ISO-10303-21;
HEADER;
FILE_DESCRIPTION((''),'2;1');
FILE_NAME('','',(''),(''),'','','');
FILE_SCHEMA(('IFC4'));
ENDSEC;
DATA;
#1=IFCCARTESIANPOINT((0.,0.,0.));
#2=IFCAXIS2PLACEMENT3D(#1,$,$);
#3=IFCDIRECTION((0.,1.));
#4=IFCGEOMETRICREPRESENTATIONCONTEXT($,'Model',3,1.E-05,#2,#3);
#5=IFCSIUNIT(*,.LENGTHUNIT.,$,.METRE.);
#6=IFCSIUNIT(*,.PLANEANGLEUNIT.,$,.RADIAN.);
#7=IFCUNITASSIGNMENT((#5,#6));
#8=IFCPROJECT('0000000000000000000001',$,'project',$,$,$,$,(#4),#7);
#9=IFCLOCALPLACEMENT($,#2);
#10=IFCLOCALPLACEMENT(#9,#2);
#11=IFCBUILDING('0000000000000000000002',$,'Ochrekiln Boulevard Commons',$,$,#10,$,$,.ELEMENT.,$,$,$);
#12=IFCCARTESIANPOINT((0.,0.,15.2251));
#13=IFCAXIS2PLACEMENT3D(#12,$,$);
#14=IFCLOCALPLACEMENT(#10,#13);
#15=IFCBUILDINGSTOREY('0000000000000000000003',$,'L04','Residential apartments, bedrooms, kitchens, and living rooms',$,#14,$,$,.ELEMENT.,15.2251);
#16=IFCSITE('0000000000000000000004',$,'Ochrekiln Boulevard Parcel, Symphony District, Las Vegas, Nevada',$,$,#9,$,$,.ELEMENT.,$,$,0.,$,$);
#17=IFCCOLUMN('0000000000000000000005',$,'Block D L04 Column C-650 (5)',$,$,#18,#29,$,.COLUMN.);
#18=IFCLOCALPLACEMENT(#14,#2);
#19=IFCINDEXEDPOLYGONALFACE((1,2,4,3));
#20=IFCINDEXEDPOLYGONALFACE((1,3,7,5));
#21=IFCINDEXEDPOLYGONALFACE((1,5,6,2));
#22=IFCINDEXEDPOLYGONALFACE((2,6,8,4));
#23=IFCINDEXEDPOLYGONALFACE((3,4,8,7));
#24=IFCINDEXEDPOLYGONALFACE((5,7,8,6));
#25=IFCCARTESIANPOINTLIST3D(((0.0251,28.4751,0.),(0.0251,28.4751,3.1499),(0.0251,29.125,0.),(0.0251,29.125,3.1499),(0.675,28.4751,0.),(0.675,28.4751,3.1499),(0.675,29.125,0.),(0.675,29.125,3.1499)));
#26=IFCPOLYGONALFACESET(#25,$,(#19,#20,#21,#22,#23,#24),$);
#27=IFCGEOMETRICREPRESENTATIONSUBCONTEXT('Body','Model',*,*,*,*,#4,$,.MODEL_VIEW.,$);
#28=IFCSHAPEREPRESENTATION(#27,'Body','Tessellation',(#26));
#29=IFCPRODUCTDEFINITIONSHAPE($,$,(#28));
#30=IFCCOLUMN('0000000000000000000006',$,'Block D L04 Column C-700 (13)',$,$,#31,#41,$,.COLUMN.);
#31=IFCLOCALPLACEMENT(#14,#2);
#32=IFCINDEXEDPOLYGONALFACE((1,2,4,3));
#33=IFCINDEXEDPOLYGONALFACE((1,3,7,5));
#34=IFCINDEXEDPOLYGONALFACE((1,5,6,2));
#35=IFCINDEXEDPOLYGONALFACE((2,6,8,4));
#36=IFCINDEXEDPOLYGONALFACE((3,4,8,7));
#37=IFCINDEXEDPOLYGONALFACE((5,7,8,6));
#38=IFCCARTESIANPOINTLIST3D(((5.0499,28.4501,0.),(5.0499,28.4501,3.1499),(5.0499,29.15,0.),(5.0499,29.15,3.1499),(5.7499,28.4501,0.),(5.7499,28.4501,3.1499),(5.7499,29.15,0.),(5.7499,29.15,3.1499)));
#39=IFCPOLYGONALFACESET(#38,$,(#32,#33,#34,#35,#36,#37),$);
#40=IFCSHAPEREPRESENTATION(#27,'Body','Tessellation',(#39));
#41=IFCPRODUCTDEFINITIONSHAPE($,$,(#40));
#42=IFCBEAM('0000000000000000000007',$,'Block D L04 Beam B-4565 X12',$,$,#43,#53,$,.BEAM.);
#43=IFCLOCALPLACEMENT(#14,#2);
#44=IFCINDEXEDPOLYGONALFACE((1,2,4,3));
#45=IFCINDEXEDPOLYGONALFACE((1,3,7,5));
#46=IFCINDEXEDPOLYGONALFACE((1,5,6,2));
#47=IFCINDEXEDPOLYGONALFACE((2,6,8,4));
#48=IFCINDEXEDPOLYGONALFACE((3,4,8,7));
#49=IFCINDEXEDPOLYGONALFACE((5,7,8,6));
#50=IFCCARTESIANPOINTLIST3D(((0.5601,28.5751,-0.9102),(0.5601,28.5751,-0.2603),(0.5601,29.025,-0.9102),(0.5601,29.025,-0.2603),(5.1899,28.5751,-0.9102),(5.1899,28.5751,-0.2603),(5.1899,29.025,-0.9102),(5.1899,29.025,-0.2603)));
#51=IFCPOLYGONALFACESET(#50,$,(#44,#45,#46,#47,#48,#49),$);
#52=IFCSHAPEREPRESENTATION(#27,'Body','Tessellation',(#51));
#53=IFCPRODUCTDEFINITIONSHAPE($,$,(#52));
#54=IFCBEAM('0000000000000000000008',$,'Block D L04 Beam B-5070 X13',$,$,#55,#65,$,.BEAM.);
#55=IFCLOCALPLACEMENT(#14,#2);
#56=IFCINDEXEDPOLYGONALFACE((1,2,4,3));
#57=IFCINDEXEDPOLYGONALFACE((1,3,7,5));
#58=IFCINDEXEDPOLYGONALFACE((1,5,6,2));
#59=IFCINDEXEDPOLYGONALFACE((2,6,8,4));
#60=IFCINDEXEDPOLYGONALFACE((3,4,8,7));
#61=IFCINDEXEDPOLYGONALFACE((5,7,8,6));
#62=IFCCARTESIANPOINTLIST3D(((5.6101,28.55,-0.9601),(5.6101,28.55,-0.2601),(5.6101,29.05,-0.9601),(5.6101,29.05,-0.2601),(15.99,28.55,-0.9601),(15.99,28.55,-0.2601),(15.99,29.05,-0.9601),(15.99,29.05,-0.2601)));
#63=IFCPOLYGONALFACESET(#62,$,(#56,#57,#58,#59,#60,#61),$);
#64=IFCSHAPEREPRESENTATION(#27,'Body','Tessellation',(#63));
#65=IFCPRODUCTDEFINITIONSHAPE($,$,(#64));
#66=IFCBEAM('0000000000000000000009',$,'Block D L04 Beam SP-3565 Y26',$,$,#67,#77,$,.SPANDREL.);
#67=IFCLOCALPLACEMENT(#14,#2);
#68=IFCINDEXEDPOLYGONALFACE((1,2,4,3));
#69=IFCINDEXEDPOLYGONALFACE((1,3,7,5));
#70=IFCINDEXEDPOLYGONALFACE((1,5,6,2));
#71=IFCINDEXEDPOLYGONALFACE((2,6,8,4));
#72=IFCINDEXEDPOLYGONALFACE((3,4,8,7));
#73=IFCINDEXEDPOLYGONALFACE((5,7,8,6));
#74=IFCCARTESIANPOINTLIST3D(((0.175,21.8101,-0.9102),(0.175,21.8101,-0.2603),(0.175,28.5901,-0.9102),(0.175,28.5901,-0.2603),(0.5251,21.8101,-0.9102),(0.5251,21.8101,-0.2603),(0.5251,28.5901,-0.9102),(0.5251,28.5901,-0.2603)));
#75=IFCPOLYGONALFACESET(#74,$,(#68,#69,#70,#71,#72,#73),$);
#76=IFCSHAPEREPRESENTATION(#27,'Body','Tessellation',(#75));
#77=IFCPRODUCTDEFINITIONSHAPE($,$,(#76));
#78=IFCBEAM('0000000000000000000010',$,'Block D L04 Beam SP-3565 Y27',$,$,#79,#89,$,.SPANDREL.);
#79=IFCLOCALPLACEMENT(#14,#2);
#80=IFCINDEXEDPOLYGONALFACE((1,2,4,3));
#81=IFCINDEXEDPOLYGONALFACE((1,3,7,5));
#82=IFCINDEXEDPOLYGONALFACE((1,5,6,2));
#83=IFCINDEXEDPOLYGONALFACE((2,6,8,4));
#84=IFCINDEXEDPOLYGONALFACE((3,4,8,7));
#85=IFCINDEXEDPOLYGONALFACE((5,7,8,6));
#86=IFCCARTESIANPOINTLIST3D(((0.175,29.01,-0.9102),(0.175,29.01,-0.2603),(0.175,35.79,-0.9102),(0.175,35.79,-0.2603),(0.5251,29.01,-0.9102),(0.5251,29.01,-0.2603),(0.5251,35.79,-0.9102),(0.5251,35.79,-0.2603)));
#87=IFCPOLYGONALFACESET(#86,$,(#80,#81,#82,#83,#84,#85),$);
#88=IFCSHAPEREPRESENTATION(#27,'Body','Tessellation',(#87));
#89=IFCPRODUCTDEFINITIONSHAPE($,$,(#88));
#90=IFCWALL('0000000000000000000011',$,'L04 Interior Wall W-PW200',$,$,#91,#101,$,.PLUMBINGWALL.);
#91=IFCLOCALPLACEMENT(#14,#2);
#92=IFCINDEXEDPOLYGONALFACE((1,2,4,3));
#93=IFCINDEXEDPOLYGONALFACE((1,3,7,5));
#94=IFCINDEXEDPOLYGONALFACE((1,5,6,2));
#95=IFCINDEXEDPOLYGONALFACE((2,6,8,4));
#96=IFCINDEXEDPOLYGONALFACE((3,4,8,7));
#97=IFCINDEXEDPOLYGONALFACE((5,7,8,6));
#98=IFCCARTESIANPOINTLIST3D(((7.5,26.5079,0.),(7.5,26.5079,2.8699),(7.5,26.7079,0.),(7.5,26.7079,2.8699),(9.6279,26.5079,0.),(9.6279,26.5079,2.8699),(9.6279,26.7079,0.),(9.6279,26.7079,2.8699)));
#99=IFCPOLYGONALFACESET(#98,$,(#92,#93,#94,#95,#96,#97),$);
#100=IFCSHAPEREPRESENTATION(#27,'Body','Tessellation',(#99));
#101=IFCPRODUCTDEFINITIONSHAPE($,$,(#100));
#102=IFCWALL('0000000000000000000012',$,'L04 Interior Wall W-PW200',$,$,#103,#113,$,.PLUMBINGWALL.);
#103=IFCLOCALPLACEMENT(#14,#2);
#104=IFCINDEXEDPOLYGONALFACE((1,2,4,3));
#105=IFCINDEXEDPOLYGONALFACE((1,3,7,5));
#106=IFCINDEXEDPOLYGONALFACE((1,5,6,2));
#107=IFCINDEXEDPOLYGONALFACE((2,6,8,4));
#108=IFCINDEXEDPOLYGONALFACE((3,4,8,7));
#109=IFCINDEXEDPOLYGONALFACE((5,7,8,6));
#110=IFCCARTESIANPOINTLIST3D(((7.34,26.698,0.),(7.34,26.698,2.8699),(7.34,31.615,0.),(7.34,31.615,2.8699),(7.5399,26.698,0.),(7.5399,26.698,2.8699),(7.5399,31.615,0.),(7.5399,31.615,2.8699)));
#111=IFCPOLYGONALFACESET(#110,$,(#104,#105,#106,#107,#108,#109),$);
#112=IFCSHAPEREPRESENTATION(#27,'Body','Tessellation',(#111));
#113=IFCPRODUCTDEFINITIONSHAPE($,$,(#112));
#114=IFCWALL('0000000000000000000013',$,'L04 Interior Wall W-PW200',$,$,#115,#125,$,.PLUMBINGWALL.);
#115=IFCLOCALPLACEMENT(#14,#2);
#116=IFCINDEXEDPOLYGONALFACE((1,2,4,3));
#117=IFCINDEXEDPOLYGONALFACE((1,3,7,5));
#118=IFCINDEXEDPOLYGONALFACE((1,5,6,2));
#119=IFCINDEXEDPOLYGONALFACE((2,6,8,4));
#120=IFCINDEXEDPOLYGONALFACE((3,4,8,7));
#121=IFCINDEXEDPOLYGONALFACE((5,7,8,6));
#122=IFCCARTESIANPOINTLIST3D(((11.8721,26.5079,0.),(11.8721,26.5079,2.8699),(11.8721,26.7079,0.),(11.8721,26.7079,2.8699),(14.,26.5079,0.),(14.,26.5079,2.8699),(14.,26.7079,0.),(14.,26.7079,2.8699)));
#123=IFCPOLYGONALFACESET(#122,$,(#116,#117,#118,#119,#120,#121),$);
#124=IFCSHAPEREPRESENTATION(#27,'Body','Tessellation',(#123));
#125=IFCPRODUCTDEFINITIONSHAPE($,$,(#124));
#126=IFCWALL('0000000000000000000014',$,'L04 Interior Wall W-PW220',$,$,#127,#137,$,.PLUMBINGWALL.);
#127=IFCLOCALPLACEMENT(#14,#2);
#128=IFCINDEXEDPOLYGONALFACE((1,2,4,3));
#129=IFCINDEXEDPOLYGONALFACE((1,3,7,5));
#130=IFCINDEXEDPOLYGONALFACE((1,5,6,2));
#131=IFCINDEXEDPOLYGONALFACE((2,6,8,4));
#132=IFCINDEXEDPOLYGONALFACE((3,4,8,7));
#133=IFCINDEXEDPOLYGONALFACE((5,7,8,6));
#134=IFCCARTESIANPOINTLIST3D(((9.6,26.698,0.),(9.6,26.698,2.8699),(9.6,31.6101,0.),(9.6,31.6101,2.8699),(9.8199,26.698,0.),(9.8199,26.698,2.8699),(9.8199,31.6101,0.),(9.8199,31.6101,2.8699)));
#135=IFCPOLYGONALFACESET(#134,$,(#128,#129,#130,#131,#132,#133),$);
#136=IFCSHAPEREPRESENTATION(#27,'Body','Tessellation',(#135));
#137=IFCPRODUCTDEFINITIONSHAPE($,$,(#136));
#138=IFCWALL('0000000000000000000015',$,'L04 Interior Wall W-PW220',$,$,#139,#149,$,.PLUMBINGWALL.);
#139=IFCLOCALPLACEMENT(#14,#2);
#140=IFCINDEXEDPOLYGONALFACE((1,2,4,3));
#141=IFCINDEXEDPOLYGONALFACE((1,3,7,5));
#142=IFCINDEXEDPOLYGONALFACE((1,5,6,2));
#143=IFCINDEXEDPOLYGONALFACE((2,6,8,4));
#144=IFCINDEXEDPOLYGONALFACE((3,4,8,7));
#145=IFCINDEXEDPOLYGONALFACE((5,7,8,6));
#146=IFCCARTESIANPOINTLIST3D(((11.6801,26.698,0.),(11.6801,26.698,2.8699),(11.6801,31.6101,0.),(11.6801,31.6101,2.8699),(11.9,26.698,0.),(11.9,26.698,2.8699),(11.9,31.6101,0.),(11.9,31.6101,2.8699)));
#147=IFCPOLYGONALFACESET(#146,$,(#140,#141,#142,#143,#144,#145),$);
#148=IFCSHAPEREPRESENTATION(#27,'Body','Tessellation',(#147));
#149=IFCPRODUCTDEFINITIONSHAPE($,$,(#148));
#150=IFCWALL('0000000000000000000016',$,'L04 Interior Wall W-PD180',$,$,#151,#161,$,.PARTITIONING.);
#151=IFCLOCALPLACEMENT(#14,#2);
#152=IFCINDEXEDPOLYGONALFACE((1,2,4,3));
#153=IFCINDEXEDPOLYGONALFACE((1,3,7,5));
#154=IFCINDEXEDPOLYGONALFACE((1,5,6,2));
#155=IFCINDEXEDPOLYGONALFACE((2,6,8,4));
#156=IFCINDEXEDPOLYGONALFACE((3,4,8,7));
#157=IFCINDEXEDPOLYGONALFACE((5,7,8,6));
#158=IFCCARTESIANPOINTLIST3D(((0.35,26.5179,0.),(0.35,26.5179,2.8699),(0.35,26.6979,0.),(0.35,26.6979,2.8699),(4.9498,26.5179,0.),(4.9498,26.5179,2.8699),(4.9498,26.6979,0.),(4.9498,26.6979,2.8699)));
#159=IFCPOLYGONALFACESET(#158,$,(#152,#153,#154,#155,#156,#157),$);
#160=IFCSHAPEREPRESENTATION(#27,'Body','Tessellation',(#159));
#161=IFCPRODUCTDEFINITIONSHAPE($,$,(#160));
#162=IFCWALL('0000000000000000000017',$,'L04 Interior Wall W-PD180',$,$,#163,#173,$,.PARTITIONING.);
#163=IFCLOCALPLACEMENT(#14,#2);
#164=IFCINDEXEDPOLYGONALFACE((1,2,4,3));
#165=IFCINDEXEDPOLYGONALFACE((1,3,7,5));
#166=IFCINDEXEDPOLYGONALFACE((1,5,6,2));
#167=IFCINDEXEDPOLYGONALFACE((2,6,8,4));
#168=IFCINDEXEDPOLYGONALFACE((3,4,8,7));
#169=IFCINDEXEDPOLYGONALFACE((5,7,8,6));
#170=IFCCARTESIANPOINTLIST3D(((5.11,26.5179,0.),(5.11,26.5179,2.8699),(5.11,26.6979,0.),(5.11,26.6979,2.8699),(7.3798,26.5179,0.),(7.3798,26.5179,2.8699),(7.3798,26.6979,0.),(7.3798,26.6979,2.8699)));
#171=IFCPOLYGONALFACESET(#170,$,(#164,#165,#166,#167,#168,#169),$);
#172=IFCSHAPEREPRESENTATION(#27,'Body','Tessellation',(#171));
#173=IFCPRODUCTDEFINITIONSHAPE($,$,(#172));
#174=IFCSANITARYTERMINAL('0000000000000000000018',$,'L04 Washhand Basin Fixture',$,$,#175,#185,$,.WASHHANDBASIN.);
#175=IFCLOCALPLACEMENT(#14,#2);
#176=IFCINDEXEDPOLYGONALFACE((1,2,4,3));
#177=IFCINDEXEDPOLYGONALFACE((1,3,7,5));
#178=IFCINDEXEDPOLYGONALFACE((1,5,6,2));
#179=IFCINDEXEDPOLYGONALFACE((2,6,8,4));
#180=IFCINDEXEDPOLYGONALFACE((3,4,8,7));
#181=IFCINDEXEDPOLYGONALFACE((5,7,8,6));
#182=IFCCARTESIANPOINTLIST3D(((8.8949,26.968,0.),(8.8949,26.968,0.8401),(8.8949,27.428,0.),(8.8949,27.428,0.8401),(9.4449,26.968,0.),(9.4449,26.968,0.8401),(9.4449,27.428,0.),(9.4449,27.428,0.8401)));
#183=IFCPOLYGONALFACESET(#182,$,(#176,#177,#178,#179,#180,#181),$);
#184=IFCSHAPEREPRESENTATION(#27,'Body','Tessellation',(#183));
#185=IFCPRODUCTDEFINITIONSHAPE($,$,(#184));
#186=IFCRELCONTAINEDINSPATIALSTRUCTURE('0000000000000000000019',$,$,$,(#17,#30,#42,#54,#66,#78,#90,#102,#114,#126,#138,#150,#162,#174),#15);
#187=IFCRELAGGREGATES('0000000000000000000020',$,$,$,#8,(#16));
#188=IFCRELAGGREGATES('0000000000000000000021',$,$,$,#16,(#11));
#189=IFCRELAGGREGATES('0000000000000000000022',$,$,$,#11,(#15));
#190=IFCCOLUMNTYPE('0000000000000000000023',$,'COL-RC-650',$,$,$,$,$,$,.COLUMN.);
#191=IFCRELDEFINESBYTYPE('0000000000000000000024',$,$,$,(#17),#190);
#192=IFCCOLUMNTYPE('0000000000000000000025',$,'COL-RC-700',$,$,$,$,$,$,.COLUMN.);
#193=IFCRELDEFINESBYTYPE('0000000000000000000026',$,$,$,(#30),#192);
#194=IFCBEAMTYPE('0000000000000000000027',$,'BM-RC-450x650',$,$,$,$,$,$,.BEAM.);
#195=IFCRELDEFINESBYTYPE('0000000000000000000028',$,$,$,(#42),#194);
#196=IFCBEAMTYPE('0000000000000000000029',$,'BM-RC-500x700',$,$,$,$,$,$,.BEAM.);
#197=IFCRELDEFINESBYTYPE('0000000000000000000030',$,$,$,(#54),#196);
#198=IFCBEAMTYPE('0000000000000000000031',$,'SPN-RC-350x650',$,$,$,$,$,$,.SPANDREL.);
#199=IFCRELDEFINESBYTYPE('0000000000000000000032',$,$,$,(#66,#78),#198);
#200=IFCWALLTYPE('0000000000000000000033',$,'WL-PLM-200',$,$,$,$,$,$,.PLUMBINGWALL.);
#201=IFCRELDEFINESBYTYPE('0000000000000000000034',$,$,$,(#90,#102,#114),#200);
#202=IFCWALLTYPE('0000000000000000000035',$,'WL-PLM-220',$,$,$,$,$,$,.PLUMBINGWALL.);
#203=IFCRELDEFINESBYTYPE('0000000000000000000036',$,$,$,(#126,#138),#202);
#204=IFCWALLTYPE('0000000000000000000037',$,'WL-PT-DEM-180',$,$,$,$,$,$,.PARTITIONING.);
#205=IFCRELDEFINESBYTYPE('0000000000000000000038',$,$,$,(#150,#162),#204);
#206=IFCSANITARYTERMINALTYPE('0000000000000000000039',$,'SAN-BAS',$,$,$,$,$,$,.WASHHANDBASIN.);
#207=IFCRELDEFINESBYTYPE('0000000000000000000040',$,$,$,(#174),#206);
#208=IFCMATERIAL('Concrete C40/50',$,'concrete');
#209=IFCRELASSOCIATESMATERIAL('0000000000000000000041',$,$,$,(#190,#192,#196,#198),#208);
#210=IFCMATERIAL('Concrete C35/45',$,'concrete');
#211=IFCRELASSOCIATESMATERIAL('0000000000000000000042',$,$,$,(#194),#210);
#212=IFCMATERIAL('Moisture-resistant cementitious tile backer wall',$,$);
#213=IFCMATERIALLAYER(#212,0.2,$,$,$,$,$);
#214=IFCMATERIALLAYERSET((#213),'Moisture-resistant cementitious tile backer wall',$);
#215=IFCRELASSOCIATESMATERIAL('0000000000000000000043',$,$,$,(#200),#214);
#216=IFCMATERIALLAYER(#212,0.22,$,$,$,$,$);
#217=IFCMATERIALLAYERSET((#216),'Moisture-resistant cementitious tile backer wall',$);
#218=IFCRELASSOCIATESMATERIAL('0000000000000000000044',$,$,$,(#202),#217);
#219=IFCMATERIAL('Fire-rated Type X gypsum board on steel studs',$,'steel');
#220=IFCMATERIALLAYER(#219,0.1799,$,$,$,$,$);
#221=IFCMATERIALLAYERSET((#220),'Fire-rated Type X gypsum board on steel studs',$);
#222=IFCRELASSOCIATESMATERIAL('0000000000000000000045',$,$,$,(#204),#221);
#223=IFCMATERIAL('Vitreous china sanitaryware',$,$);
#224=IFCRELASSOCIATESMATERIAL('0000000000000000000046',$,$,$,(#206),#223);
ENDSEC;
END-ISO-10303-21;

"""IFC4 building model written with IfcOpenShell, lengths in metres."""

from ifc_helpers import new_model, si_unit, direction, frame, frame_2d, origin, origin_2d, place, context, subcontext, project, spatial, rectangle, extrude, material, layer, layer_set, material_profile, profile_set, type_object, element, save


model = new_model("IFC4")

# Units and contexts
model_context = context("Model", 3, precision=1e-05, world=origin(), true_north=direction((0.0, 1.0)))
body_context = subcontext(model_context, "Body", "Model", "MODEL_VIEW")
ifc_project = project(units=[si_unit("LENGTHUNIT", "METRE"), si_unit("PLANEANGLEUNIT", "RADIAN")], contexts=[model_context])

# Site, building, storey
site_placement = place(None, origin())
site = spatial("IfcSite", under=ifc_project, at=site_placement, Name="Ochrekiln Boulevard Parcel, Symphony District, Las Vegas, Nevada", CompositionType="ELEMENT", RefElevation=0.0)
building_placement = place(site_placement, origin())
building = spatial("IfcBuilding", under=site, at=building_placement, Name="Ochrekiln Boulevard Commons", CompositionType="ELEMENT")
storey_placement = place(building_placement, frame((0.0, 0.0, 15.2251)))
storey = spatial("IfcBuildingStorey", under=building, at=storey_placement, Name="L04", Description="Residential apartments, bedrooms, kitchens, and living rooms", CompositionType="ELEMENT", Elevation=15.2251)

# Columns
ifc_material_1 = material(Name="Concrete C40/50", Category="concrete")
ifc_material_profile_1 = material_profile(ifc_material_1, rectangle(XDim=0.6499, YDim=0.6499, at=origin_2d()), Name="RC-COL-650x650")
ifc_profile_set_1 = profile_set([ifc_material_profile_1], Name="Concrete C40/50")
column_type_1 = type_object("IfcColumnType", Name="COL-RC-650", PredefinedType="COLUMN", material=ifc_profile_set_1)
column_1_placement = place(storey_placement, frame((0.3501, 28.8, 0.0), z_axis=(0.0, 0.0, 1.0), x_axis=(1.0, 0.0, 0.0)))
element("IfcColumn", 1, at=column_1_placement, inside=storey, type_object=column_type_1, Name="Block D L04 Column C-650 (5)", PredefinedType="COLUMN", context=body_context, shape_type="SweptSolid", body=[
    extrude(rectangle(XDim=0.6499, YDim=0.6499, at=origin_2d()), origin(), (0.0, 0.0, 1.0), 3.1499),
])
ifc_material_profile_2 = material_profile(ifc_material_1, rectangle(XDim=0.7, YDim=0.7, at=origin_2d()), Name="RC-COL-700x700")
ifc_profile_set_2 = profile_set([ifc_material_profile_2], Name="Concrete C40/50")
column_type_2 = type_object("IfcColumnType", Name="COL-RC-700", PredefinedType="COLUMN", material=ifc_profile_set_2)
column_2_placement = place(storey_placement, frame((5.3999, 28.8, 0.0), z_axis=(0.0, 0.0, 1.0), x_axis=(1.0, 0.0, 0.0)))
element("IfcColumn", 2, at=column_2_placement, inside=storey, type_object=column_type_2, Name="Block D L04 Column C-700 (13)", PredefinedType="COLUMN", context=body_context, shape_type="SweptSolid", body=[
    extrude(rectangle(XDim=0.7, YDim=0.7, at=origin_2d()), origin(), (0.0, 0.0, 1.0), 3.1499),
])

# Beams
ifc_material_2 = material(Name="Concrete C35/45", Category="concrete")
ifc_material_profile_3 = material_profile(ifc_material_2, rectangle(XDim=0.45, YDim=0.6499, at=origin_2d()), Name="RC-BM-450x650")
ifc_profile_set_3 = profile_set([ifc_material_profile_3], Name="Concrete C35/45")
beam_type_1 = type_object("IfcBeamType", Name="BM-RC-450x650", PredefinedType="BEAM", material=ifc_profile_set_3)
beam_1_placement = place(storey_placement, frame((0.5601, 28.8, -0.5852), z_axis=(1.0, 0.0, 0.0), x_axis=(0.0, 1.0, 0.0)))
element("IfcBeam", 3, at=beam_1_placement, inside=storey, type_object=beam_type_1, Name="Block D L04 Beam B-4565 X12", PredefinedType="BEAM", context=body_context, shape_type="SweptSolid", body=[
    extrude(rectangle(XDim=0.45, YDim=0.6499, at=origin_2d()), origin(), (0.0, 0.0, 1.0), 4.6299),
])
ifc_material_profile_4 = material_profile(ifc_material_1, rectangle(XDim=0.5, YDim=0.7, at=origin_2d()), Name="RC-BM-500x700")
ifc_profile_set_4 = profile_set([ifc_material_profile_4], Name="Concrete C40/50")
beam_type_2 = type_object("IfcBeamType", Name="BM-RC-500x700", PredefinedType="BEAM", material=ifc_profile_set_4)
beam_2_placement = place(storey_placement, frame((5.6101, 28.8, -0.6101), z_axis=(1.0, 0.0, 0.0), x_axis=(0.0, 1.0, 0.0)))
element("IfcBeam", 4, at=beam_2_placement, inside=storey, type_object=beam_type_2, Name="Block D L04 Beam B-5070 X13", PredefinedType="BEAM", context=body_context, shape_type="SweptSolid", body=[
    extrude(rectangle(XDim=0.5, YDim=0.7, at=origin_2d()), origin(), (0.0, 0.0, 1.0), 10.3799),
])
ifc_material_profile_5 = material_profile(ifc_material_1, rectangle(XDim=0.3501, YDim=0.6499, at=origin_2d()), Name="RC-SPN-350x650")
ifc_profile_set_5 = profile_set([ifc_material_profile_5], Name="Concrete C40/50")
beam_type_3 = type_object("IfcBeamType", Name="SPN-RC-350x650", PredefinedType="SPANDREL", material=ifc_profile_set_5)
for number, where, z_axis, x_axis, name in (
    (5, (0.3501, 21.8101, -0.5852), (0.0, 1.0, 0.0), (-1.0, 0.0, 0.0), "Block D L04 Beam SP-3565 Y26"),
    (6, (0.3501, 29.01, -0.5852), (0.0, 1.0, 0.0), (-1.0, 0.0, 0.0), "Block D L04 Beam SP-3565 Y27"),
):
    element("IfcBeam", number, at=place(storey_placement, frame(where, z_axis=z_axis, x_axis=x_axis)), inside=storey, type_object=beam_type_3, Name=name, PredefinedType="SPANDREL", context=body_context, shape_type="SweptSolid", body=[
        extrude(rectangle(XDim=0.3501, YDim=0.6499, at=origin_2d()), origin(), (0.0, 0.0, 1.0), 6.78),
    ])

# Walls
ifc_material_3 = material(Name="Moisture-resistant cementitious tile backer wall")
ifc_layer_1 = layer(ifc_material_3, 0.2)
ifc_layer_set_1 = layer_set([ifc_layer_1], Name="Moisture-resistant cementitious tile backer wall")
wall_type_1 = type_object("IfcWallType", Name="WL-PLM-200", PredefinedType="PLUMBINGWALL", material=ifc_layer_set_1)
wall_1_placement = place(storey_placement, frame((7.5, 26.6079, 0.0), z_axis=(0.0, 0.0, 1.0), x_axis=(1.0, 0.0, 0.0)))
element("IfcWall", 7, at=wall_1_placement, inside=storey, type_object=wall_type_1, Name="L04 Interior Wall W-PW200", PredefinedType="PLUMBINGWALL", context=body_context, shape_type="SweptSolid", body=[
    extrude(rectangle(XDim=2.1279, YDim=0.2, at=frame_2d((1.064, 0.0))), origin(), (0.0, 0.0, 1.0), 2.8699),
])
wall_2_placement = place(storey_placement, frame((7.4399, 26.698, 0.0), z_axis=(0.0, 0.0, 1.0), x_axis=(0.0, 1.0, 0.0)))
element("IfcWall", 8, at=wall_2_placement, inside=storey, type_object=wall_type_1, Name="L04 Interior Wall W-PW200", PredefinedType="PLUMBINGWALL", context=body_context, shape_type="SweptSolid", body=[
    extrude(rectangle(XDim=4.917, YDim=0.2, at=frame_2d((2.4585, 0.0))), origin(), (0.0, 0.0, 1.0), 2.8699),
])
wall_3_placement = place(storey_placement, frame((11.8721, 26.6079, 0.0), z_axis=(0.0, 0.0, 1.0), x_axis=(1.0, 0.0, 0.0)))
element("IfcWall", 9, at=wall_3_placement, inside=storey, type_object=wall_type_1, Name="L04 Interior Wall W-PW200", PredefinedType="PLUMBINGWALL", context=body_context, shape_type="SweptSolid", body=[
    extrude(rectangle(XDim=2.1279, YDim=0.2, at=frame_2d((1.064, 0.0))), origin(), (0.0, 0.0, 1.0), 2.8699),
])
ifc_layer_2 = layer(ifc_material_3, 0.22)
ifc_layer_set_2 = layer_set([ifc_layer_2], Name="Moisture-resistant cementitious tile backer wall")
wall_type_2 = type_object("IfcWallType", Name="WL-PLM-220", PredefinedType="PLUMBINGWALL", material=ifc_layer_set_2)
for number, where, z_axis, x_axis, name in (
    (10, (9.71, 26.698, 0.0), (0.0, 0.0, 1.0), (0.0, 1.0, 0.0), "L04 Interior Wall W-PW220"),
    (11, (11.79, 26.698, 0.0), (0.0, 0.0, 1.0), (0.0, 1.0, 0.0), "L04 Interior Wall W-PW220"),
):
    element("IfcWall", number, at=place(storey_placement, frame(where, z_axis=z_axis, x_axis=x_axis)), inside=storey, type_object=wall_type_2, Name=name, PredefinedType="PLUMBINGWALL", context=body_context, shape_type="SweptSolid", body=[
        extrude(rectangle(XDim=4.9121, YDim=0.22, at=frame_2d((2.4561, 0.0))), origin(), (0.0, 0.0, 1.0), 2.8699),
    ])
ifc_material_4 = material(Name="Fire-rated Type X gypsum board on steel studs", Category="steel")
ifc_layer_3 = layer(ifc_material_4, 0.1799)
ifc_layer_set_3 = layer_set([ifc_layer_3], Name="Fire-rated Type X gypsum board on steel studs")
wall_type_3 = type_object("IfcWallType", Name="WL-PT-DEM-180", PredefinedType="PARTITIONING", material=ifc_layer_set_3)
wall_4_placement = place(storey_placement, frame((0.3501, 26.6079, 0.0), z_axis=(0.0, 0.0, 1.0), x_axis=(1.0, 0.0, 0.0)))
element("IfcWall", 12, at=wall_4_placement, inside=storey, type_object=wall_type_3, Name="L04 Interior Wall W-PD180", PredefinedType="PARTITIONING", context=body_context, shape_type="SweptSolid", body=[
    extrude(rectangle(XDim=4.5999, YDim=0.1799, at=frame_2d((2.2998, 0.0))), origin(), (0.0, 0.0, 1.0), 2.8699),
])
wall_5_placement = place(storey_placement, frame((5.1101, 26.6079, 0.0), z_axis=(0.0, 0.0, 1.0), x_axis=(1.0, 0.0, 0.0)))
element("IfcWall", 13, at=wall_5_placement, inside=storey, type_object=wall_type_3, Name="L04 Interior Wall W-PD180", PredefinedType="PARTITIONING", context=body_context, shape_type="SweptSolid", body=[
    extrude(rectangle(XDim=2.2698, YDim=0.1799, at=frame_2d((1.1348, 0.0))), origin(), (0.0, 0.0, 1.0), 2.8699),
])

# Sanitary terminal
ifc_material_5 = material(Name="Vitreous china sanitaryware")
sanitary_terminal_type_1 = type_object("IfcSanitaryTerminalType", Name="SAN-BAS", PredefinedType="WASHHANDBASIN", material=ifc_material_5)
sanitary_terminal_1_placement = place(storey_placement, frame((9.1699, 27.198, 0.0), z_axis=(0.0, 0.0, 1.0), x_axis=(1.0, 0.0, 0.0)))
element("IfcSanitaryTerminal", 14, at=sanitary_terminal_1_placement, inside=storey, type_object=sanitary_terminal_type_1, Name="L04 Washhand Basin Fixture", PredefinedType="WASHHANDBASIN", context=body_context, shape_type="SweptSolid", body=[
    extrude(rectangle(XDim=0.55, YDim=0.46, at=origin_2d()), origin(), (0.0, 0.0, 1.0), 0.8401),
])

save(model, "model.ifc")
